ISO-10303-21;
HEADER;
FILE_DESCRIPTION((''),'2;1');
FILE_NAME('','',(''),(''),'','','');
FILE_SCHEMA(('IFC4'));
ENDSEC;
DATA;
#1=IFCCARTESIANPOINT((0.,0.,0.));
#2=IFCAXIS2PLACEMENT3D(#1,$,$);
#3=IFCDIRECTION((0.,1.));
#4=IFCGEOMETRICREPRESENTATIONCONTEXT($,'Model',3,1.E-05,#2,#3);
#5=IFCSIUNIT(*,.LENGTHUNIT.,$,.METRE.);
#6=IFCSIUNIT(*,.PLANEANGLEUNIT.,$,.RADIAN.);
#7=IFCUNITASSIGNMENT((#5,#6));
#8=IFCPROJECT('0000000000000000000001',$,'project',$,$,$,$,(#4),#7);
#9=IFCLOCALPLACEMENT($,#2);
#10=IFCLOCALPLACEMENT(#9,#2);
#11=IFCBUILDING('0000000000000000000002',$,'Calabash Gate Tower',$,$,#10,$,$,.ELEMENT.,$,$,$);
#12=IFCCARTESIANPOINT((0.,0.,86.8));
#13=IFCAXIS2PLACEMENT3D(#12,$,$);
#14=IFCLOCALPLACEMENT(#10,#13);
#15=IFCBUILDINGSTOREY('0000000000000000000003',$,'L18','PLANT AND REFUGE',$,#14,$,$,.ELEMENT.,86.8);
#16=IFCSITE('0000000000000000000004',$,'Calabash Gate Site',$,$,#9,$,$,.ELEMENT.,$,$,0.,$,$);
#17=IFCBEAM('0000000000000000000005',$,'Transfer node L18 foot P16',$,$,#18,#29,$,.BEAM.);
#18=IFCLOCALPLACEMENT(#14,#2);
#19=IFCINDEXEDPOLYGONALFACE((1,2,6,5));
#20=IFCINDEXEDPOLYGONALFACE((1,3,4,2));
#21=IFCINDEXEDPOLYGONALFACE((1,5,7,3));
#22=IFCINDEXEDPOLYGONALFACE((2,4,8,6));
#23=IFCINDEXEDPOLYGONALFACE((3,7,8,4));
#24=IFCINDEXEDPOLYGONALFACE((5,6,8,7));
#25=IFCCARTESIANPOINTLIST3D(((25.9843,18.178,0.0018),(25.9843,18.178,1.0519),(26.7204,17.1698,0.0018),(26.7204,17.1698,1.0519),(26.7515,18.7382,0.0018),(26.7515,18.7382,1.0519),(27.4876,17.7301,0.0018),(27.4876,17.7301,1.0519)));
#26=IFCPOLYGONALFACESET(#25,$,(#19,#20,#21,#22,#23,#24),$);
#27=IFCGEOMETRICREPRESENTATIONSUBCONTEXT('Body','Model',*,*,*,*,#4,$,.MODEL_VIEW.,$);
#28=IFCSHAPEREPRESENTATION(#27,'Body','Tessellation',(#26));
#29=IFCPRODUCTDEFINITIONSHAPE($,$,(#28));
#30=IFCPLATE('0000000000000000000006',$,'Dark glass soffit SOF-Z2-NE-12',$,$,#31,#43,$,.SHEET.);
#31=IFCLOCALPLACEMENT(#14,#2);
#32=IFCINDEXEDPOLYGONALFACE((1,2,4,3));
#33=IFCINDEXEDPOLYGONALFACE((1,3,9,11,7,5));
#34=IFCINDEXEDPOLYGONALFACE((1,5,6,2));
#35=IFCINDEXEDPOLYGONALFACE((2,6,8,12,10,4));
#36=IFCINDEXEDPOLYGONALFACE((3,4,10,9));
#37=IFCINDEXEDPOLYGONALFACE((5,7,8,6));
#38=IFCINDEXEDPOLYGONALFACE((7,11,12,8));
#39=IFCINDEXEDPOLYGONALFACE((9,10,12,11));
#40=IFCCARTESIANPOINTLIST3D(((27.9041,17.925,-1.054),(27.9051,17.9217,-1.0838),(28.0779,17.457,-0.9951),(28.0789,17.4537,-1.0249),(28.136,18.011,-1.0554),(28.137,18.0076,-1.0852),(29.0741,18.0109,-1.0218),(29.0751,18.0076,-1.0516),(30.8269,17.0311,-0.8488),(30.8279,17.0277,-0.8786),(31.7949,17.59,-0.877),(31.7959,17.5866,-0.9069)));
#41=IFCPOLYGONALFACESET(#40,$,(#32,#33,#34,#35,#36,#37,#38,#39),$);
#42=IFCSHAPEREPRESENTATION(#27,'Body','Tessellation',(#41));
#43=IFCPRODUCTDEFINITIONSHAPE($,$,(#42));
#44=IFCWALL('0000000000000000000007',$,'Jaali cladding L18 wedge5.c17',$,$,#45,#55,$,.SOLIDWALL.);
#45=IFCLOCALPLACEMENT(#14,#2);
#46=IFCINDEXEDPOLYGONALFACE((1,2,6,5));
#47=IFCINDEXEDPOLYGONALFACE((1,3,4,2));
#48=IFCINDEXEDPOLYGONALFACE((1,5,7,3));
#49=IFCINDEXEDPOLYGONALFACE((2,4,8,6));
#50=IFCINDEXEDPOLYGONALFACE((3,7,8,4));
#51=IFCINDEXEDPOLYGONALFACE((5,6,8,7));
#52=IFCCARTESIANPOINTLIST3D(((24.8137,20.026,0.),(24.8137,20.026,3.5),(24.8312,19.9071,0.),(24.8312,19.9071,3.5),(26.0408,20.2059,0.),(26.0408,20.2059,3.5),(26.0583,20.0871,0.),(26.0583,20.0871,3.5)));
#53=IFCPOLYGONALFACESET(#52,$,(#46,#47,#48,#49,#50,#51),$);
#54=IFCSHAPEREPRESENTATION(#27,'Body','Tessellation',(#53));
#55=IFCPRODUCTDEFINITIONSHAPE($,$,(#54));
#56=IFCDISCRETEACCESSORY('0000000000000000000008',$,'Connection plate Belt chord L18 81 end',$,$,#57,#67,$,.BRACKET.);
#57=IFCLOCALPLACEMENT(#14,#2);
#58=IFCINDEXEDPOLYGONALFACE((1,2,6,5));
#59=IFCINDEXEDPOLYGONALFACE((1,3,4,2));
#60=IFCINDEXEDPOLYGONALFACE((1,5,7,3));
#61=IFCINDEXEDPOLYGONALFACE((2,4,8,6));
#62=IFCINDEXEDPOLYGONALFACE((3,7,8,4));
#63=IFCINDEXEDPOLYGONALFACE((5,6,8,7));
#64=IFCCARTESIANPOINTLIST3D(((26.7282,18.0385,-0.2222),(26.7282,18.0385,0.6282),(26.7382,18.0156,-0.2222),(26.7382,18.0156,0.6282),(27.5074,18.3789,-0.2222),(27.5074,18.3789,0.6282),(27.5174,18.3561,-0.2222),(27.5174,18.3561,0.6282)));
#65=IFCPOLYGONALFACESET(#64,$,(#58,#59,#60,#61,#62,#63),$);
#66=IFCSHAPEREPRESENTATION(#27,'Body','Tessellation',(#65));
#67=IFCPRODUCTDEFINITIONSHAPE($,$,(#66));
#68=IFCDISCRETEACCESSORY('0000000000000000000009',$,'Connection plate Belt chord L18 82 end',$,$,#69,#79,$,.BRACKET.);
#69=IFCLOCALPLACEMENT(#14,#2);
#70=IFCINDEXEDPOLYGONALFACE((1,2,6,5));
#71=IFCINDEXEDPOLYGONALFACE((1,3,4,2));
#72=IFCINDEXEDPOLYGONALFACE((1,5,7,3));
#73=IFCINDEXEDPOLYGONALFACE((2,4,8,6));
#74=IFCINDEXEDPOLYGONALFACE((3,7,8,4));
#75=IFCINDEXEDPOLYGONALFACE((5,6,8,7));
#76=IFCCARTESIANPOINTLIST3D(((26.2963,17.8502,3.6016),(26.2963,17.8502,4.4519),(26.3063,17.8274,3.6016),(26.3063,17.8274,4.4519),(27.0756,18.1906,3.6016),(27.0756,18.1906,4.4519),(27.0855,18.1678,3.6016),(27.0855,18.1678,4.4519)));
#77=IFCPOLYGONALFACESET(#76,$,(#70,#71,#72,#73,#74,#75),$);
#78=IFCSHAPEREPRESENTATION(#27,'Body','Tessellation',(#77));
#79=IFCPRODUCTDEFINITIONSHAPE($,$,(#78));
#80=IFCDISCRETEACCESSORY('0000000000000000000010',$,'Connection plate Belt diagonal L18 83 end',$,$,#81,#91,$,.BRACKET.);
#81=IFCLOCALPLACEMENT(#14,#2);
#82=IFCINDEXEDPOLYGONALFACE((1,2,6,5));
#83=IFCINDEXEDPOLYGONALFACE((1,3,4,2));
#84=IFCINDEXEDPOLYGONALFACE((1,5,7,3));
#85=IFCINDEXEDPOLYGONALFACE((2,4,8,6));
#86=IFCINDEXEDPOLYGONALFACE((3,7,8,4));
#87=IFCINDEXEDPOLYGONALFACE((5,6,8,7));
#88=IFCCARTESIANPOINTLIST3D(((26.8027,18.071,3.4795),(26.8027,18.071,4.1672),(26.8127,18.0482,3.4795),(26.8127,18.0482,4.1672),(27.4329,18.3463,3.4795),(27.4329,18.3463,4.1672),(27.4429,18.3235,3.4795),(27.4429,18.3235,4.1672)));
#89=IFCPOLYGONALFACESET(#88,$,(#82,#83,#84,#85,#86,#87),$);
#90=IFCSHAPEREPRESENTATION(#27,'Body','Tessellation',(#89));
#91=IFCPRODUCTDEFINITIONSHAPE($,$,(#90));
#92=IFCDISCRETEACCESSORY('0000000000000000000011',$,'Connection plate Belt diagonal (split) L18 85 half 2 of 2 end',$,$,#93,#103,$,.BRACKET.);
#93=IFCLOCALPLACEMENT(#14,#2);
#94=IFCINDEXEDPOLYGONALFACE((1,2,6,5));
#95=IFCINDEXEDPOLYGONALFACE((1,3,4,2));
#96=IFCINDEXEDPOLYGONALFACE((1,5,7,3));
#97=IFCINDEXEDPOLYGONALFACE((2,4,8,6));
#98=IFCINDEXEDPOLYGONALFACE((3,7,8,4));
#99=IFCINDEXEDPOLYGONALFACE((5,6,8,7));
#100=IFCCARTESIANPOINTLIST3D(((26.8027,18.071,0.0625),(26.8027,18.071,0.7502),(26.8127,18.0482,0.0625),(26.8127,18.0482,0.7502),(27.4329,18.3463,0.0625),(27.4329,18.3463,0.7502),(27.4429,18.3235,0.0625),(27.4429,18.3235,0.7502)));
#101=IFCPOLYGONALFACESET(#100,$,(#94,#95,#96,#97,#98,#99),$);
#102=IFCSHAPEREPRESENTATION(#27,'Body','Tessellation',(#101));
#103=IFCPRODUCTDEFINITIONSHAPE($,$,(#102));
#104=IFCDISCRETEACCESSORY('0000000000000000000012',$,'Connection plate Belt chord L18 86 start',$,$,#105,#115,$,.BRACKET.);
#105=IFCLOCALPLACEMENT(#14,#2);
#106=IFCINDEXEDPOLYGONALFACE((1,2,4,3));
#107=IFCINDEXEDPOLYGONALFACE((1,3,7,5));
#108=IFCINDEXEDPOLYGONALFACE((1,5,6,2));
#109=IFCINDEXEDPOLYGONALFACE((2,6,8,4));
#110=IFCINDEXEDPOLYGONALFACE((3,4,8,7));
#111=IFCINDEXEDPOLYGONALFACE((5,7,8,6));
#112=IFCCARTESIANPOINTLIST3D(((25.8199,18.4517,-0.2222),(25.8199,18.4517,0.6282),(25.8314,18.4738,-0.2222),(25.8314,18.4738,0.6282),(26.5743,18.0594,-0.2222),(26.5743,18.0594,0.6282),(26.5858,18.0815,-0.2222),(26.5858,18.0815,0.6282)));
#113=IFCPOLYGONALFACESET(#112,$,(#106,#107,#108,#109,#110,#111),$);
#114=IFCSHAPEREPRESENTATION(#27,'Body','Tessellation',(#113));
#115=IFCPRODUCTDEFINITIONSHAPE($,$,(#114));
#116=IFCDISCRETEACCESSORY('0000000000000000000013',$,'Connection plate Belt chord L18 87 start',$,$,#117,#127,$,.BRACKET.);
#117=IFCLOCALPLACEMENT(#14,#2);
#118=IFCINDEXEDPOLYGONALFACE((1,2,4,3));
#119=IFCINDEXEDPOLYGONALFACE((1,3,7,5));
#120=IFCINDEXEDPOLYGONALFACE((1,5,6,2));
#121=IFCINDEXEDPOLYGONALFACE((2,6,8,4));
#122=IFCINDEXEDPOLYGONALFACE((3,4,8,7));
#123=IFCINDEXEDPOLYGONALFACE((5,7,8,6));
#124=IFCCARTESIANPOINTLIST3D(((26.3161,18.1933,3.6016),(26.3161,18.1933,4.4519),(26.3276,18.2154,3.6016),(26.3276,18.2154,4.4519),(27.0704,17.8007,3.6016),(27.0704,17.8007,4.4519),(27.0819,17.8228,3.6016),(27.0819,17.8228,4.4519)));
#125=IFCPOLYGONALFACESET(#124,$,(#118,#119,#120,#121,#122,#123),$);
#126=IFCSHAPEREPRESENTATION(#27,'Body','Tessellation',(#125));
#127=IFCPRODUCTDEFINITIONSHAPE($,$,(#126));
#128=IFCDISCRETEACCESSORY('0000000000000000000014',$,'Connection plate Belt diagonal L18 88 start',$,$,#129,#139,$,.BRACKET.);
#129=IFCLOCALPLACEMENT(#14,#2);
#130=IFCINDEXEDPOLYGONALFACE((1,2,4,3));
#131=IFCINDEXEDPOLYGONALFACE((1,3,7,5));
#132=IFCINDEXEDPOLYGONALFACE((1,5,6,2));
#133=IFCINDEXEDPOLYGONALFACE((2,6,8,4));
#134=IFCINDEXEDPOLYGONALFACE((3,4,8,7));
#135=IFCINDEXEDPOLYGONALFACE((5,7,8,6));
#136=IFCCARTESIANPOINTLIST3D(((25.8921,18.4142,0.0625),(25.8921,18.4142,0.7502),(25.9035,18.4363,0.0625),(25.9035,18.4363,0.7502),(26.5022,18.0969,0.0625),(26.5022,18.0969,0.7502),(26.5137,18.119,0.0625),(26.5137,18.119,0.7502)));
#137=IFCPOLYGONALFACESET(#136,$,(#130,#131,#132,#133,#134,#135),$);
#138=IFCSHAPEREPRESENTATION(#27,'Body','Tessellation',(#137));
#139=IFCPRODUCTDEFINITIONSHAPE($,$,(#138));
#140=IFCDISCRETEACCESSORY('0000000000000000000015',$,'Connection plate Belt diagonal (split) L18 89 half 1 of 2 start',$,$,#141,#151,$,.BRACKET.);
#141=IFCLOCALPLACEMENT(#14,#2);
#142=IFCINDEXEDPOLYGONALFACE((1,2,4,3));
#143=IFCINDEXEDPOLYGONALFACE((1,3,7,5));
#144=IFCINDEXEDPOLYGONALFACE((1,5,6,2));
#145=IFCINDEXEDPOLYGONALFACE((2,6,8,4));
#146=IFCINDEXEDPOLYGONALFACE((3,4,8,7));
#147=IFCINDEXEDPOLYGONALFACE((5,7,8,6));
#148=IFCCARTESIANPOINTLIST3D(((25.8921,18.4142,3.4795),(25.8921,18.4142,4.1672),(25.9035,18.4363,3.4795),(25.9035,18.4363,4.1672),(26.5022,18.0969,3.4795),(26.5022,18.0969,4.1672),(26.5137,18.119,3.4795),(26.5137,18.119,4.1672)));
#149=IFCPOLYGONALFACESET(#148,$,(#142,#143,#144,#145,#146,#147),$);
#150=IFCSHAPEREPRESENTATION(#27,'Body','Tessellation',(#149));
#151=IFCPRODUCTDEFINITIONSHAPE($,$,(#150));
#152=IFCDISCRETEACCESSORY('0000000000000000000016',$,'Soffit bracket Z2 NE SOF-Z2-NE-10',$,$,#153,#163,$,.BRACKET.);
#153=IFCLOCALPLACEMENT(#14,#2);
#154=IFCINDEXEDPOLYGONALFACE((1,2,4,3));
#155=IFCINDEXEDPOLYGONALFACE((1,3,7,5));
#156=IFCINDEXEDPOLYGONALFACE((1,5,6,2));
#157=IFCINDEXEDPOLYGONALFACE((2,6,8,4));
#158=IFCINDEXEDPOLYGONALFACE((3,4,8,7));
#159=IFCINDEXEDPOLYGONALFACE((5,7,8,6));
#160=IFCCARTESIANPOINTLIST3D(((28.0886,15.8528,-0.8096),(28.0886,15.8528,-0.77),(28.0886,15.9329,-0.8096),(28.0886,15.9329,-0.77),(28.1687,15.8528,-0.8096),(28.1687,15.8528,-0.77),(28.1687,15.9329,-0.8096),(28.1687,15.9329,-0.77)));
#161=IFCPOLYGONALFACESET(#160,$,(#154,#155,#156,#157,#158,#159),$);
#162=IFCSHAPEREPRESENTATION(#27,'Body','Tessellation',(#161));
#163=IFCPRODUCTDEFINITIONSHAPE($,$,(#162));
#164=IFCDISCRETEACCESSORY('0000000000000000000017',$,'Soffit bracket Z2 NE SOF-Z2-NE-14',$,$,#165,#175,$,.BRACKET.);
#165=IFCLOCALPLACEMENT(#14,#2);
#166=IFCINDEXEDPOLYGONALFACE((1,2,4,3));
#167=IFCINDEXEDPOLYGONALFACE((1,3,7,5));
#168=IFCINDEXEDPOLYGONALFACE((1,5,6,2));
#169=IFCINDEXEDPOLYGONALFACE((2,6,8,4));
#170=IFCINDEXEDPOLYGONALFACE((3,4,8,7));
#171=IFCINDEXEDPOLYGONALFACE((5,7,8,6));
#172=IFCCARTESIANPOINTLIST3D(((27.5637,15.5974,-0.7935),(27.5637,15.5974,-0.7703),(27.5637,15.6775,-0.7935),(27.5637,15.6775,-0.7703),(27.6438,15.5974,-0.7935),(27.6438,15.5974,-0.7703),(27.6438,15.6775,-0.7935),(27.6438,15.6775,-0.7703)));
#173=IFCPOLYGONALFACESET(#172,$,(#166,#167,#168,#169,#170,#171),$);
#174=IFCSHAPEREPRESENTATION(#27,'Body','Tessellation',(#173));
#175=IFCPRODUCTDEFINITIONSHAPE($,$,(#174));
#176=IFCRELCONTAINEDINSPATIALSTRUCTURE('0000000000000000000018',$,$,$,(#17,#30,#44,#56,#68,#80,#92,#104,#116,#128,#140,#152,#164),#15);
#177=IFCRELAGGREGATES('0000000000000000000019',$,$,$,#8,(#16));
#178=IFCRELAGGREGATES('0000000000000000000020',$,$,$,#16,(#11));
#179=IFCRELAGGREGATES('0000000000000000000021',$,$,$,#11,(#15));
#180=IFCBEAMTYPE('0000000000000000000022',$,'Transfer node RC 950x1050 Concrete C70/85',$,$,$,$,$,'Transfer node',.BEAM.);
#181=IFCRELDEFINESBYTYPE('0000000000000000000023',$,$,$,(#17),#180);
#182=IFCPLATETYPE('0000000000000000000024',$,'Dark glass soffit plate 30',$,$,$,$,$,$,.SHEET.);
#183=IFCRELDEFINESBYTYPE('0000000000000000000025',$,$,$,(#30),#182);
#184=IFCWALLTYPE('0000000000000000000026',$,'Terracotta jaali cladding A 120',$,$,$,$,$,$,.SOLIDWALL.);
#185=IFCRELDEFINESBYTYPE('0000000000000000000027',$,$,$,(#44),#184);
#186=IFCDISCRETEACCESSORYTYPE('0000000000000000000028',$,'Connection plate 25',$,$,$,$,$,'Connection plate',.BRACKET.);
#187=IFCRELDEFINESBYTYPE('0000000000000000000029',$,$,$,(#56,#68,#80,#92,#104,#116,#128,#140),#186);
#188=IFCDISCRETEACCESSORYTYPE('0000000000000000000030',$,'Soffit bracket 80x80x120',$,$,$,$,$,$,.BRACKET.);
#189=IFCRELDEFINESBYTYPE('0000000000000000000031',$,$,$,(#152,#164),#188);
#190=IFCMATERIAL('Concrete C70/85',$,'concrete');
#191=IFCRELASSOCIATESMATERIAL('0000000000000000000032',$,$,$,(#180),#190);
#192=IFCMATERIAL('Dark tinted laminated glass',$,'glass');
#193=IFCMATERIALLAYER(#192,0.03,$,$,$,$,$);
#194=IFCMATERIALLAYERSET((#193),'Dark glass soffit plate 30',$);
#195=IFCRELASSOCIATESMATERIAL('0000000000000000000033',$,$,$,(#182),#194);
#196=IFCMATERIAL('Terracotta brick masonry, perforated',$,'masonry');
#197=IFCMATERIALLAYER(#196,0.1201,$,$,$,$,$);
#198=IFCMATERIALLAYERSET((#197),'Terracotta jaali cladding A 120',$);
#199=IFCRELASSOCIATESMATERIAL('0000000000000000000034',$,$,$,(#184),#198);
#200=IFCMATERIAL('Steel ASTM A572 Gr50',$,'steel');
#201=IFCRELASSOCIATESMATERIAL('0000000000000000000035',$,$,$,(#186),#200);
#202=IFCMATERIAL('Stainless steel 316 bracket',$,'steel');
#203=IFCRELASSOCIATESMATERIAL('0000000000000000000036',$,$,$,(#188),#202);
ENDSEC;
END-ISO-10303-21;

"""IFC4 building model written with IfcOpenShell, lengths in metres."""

from ifc_helpers import new_model, si_unit, direction, frame, frame_2d, origin, origin_2d, place, context, subcontext, project, spatial, polyline, rectangle, outline, extrude, material, layer, layer_set, material_profile, profile_set, type_object, element, save


model = new_model("IFC4")

# Units and contexts
model_context = context("Model", 3, precision=1e-05, world=origin(), true_north=direction((0.0, 1.0)))
body_context = subcontext(model_context, "Body", "Model", "MODEL_VIEW")
ifc_project = project(units=[si_unit("LENGTHUNIT", "METRE"), si_unit("PLANEANGLEUNIT", "RADIAN")], contexts=[model_context])

# Site, building, storey
site_placement = place(None, origin())
site = spatial("IfcSite", under=ifc_project, at=site_placement, Name="Calabash Gate Site", CompositionType="ELEMENT", RefElevation=0.0)
building_placement = place(site_placement, origin())
building = spatial("IfcBuilding", under=site, at=building_placement, Name="Calabash Gate Tower", CompositionType="ELEMENT")
storey_placement = place(building_placement, frame((0.0, 0.0, 86.8)))
storey = spatial("IfcBuildingStorey", under=building, at=storey_placement, Name="L18", Description="PLANT AND REFUGE", CompositionType="ELEMENT", Elevation=86.8)

# Beam
ifc_material_1 = material(Name="Concrete C70/85", Category="concrete")
ifc_material_profile_1 = material_profile(ifc_material_1, rectangle(XDim=0.95, YDim=1.05, at=origin_2d()))
ifc_profile_set_1 = profile_set([ifc_material_profile_1], Name="Concrete C70/85")
beam_type_1 = type_object("IfcBeamType", Name="Transfer node RC 950x1050 Concrete C70/85", ElementType="Transfer node", PredefinedType="BEAM", material=ifc_profile_set_1)
beam_1_placement = place(storey_placement, frame((27.104, 17.45, 0.5269), z_axis=(-0.589717, 0.80761, 0.0), x_axis=(-0.80761, -0.589717, 0.0)))
element("IfcBeam", 1, at=beam_1_placement, inside=storey, type_object=beam_type_1, Name="Transfer node L18 foot P16", PredefinedType="BEAM", context=body_context, shape_type="SweptSolid", body=[
    extrude(rectangle(XDim=0.95, YDim=1.05, at=origin_2d()), origin(), (0.0, 0.0, 1.0), 1.2483),
])

# Plate
ifc_material_2 = material(Name="Dark tinted laminated glass", Category="glass")
ifc_layer_1 = layer(ifc_material_2, 0.03)
ifc_layer_set_1 = layer_set([ifc_layer_1], Name="Dark glass soffit plate 30")
plate_type = type_object("IfcPlateType", Name="Dark glass soffit plate 30", PredefinedType="SHEET", material=ifc_layer_set_1)
plate_1_placement = place(storey_placement, frame((28.0779, 17.457, -0.9951), z_axis=(-0.035549, 0.111777, 0.993097), x_axis=(-0.345777, 0.930973, -0.117162)))
element("IfcPlate", 2, at=plate_1_placement, inside=storey, type_object=plate_type, Name="Dark glass soffit SOF-Z2-NE-12", PredefinedType="SHEET", context=body_context, shape_type="SweptSolid", body=[
    extrude(outline(polyline([(0.0, 0.0), (0.5027, 0.0), (0.5027, -0.2473), (0.1743, -1.1267), (-1.1753, -3.5308), (-1.3643, -2.4287), (0.0, 0.0)])), origin(), (0.0, 0.0, -1.0), 0.03),
])

# Wall
ifc_material_3 = material(Name="Terracotta brick masonry, perforated", Category="masonry")
ifc_layer_2 = layer(ifc_material_3, 0.1201)
ifc_layer_set_2 = layer_set([ifc_layer_2], Name="Terracotta jaali cladding A 120")
wall_type = type_object("IfcWallType", Name="Terracotta jaali cladding A 120", PredefinedType="SOLIDWALL", material=ifc_layer_set_2)
wall_placement = place(storey_placement, frame((26.0496, 20.1465, 0.0), z_axis=(0.0, 0.0, 1.0), x_axis=(-0.989419, -0.145086, 0.0)))
element("IfcWall", 3, at=wall_placement, inside=storey, type_object=wall_type, Name="Jaali cladding L18 wedge5.c17", PredefinedType="SOLIDWALL", context=body_context, shape_type="SweptSolid", body=[
    extrude(rectangle(XDim=1.2402, YDim=0.1201, at=frame_2d((0.6201, 0.0))), origin(), (0.0, 0.0, 1.0), 3.5),
])

# Discrete accessories
ifc_material_4 = material(Name="Steel ASTM A572 Gr50", Category="steel")
discrete_accessory_type_1 = type_object("IfcDiscreteAccessoryType", Name="Connection plate 25", ElementType="Connection plate", PredefinedType="BRACKET", material=ifc_material_4)
for number, where, z_axis, x_axis, name in (
    (4, (27.1228, 18.1973, -0.2222), (0.0, 0.0, 1.0), (-0.916372, -0.400327, 0.0), "Connection plate Belt chord L18 81 end"),
    (5, (26.6909, 18.009, 3.6016), (0.0, 0.0, 1.0), (-0.916385, -0.400298, 0.0), "Connection plate Belt chord L18 82 end"),
):
    element("IfcDiscreteAccessory", number, at=place(storey_placement, frame(where, z_axis=z_axis, x_axis=x_axis)), inside=storey, type_object=discrete_accessory_type_1, Name=name, PredefinedType="BRACKET", context=body_context, shape_type="SweptSolid", body=[
        extrude(rectangle(XDim=0.8503, YDim=0.0249, at=origin_2d()), origin(), (0.0, 0.0, 1.0), 0.8503),
    ])
for number, where, z_axis, x_axis, name in (
    (6, (27.1228, 18.1973, 3.4795), (0.0, 0.0, 1.0), (-0.916372, -0.400327, 0.0), "Connection plate Belt diagonal L18 83 end"),
    (7, (27.1228, 18.1973, 0.0625), (0.0, 0.0, 1.0), (-0.916372, -0.400327, 0.0), "Connection plate Belt diagonal (split) L18 85 half 2 of 2 end"),
):
    element("IfcDiscreteAccessory", number, at=place(storey_placement, frame(where, z_axis=z_axis, x_axis=x_axis)), inside=storey, type_object=discrete_accessory_type_1, Name=name, PredefinedType="BRACKET", context=body_context, shape_type="SweptSolid", body=[
        extrude(rectangle(XDim=0.6877, YDim=0.0249, at=origin_2d()), origin(), (0.0, 0.0, 1.0), 0.6877),
    ])
for number, where, z_axis, x_axis, name in (
    (8, (26.2029, 18.2666, -0.2222), (0.0, 0.0, 1.0), (-0.887186, 0.461412, 0.0), "Connection plate Belt chord L18 86 start"),
    (9, (26.699, 18.0081, 3.6016), (0.0, 0.0, 1.0), (-0.88703, 0.461712, 0.0), "Connection plate Belt chord L18 87 start"),
):
    element("IfcDiscreteAccessory", number, at=place(storey_placement, frame(where, z_axis=z_axis, x_axis=x_axis)), inside=storey, type_object=discrete_accessory_type_1, Name=name, PredefinedType="BRACKET", context=body_context, shape_type="SweptSolid", body=[
        extrude(rectangle(XDim=0.8503, YDim=0.0249, at=origin_2d()), origin(), (0.0, 0.0, 1.0), 0.8503),
    ])
for number, where, z_axis, x_axis, name in (
    (10, (26.2029, 18.2666, 0.0625), (0.0, 0.0, 1.0), (-0.887186, 0.461412, 0.0), "Connection plate Belt diagonal L18 88 start"),
    (11, (26.2029, 18.2666, 3.4795), (0.0, 0.0, 1.0), (-0.887186, 0.461413, 0.0), "Connection plate Belt diagonal (split) L18 89 half 1 of 2 start"),
):
    element("IfcDiscreteAccessory", number, at=place(storey_placement, frame(where, z_axis=z_axis, x_axis=x_axis)), inside=storey, type_object=discrete_accessory_type_1, Name=name, PredefinedType="BRACKET", context=body_context, shape_type="SweptSolid", body=[
        extrude(rectangle(XDim=0.6877, YDim=0.0249, at=origin_2d()), origin(), (0.0, 0.0, 1.0), 0.6877),
    ])
ifc_material_5 = material(Name="Stainless steel 316 bracket", Category="steel")
discrete_accessory_type_2 = type_object("IfcDiscreteAccessoryType", Name="Soffit bracket 80x80x120", PredefinedType="BRACKET", material=ifc_material_5)
discrete_accessory_1_placement = place(storey_placement, frame((28.1287, 15.8928, -0.8096), z_axis=(0.0, 0.0, 1.0), x_axis=(1.0, 0.0, 0.0)))
element("IfcDiscreteAccessory", 12, at=discrete_accessory_1_placement, inside=storey, type_object=discrete_accessory_type_2, Name="Soffit bracket Z2 NE SOF-Z2-NE-10", PredefinedType="BRACKET", context=body_context, shape_type="SweptSolid", body=[
    extrude(rectangle(XDim=0.0801, YDim=0.0801, at=origin_2d()), origin(), (0.0, 0.0, 1.0), 0.0396),
])
discrete_accessory_2_placement = place(storey_placement, frame((27.6038, 15.6375, -0.7935), z_axis=(0.0, 0.0, 1.0), x_axis=(1.0, 0.0, 0.0)))
element("IfcDiscreteAccessory", 13, at=discrete_accessory_2_placement, inside=storey, type_object=discrete_accessory_type_2, Name="Soffit bracket Z2 NE SOF-Z2-NE-14", PredefinedType="BRACKET", context=body_context, shape_type="SweptSolid", body=[
    extrude(rectangle(XDim=0.0801, YDim=0.0801, at=origin_2d()), origin(), (0.0, 0.0, 1.0), 0.0232),
])

save(model, "model.ifc")
